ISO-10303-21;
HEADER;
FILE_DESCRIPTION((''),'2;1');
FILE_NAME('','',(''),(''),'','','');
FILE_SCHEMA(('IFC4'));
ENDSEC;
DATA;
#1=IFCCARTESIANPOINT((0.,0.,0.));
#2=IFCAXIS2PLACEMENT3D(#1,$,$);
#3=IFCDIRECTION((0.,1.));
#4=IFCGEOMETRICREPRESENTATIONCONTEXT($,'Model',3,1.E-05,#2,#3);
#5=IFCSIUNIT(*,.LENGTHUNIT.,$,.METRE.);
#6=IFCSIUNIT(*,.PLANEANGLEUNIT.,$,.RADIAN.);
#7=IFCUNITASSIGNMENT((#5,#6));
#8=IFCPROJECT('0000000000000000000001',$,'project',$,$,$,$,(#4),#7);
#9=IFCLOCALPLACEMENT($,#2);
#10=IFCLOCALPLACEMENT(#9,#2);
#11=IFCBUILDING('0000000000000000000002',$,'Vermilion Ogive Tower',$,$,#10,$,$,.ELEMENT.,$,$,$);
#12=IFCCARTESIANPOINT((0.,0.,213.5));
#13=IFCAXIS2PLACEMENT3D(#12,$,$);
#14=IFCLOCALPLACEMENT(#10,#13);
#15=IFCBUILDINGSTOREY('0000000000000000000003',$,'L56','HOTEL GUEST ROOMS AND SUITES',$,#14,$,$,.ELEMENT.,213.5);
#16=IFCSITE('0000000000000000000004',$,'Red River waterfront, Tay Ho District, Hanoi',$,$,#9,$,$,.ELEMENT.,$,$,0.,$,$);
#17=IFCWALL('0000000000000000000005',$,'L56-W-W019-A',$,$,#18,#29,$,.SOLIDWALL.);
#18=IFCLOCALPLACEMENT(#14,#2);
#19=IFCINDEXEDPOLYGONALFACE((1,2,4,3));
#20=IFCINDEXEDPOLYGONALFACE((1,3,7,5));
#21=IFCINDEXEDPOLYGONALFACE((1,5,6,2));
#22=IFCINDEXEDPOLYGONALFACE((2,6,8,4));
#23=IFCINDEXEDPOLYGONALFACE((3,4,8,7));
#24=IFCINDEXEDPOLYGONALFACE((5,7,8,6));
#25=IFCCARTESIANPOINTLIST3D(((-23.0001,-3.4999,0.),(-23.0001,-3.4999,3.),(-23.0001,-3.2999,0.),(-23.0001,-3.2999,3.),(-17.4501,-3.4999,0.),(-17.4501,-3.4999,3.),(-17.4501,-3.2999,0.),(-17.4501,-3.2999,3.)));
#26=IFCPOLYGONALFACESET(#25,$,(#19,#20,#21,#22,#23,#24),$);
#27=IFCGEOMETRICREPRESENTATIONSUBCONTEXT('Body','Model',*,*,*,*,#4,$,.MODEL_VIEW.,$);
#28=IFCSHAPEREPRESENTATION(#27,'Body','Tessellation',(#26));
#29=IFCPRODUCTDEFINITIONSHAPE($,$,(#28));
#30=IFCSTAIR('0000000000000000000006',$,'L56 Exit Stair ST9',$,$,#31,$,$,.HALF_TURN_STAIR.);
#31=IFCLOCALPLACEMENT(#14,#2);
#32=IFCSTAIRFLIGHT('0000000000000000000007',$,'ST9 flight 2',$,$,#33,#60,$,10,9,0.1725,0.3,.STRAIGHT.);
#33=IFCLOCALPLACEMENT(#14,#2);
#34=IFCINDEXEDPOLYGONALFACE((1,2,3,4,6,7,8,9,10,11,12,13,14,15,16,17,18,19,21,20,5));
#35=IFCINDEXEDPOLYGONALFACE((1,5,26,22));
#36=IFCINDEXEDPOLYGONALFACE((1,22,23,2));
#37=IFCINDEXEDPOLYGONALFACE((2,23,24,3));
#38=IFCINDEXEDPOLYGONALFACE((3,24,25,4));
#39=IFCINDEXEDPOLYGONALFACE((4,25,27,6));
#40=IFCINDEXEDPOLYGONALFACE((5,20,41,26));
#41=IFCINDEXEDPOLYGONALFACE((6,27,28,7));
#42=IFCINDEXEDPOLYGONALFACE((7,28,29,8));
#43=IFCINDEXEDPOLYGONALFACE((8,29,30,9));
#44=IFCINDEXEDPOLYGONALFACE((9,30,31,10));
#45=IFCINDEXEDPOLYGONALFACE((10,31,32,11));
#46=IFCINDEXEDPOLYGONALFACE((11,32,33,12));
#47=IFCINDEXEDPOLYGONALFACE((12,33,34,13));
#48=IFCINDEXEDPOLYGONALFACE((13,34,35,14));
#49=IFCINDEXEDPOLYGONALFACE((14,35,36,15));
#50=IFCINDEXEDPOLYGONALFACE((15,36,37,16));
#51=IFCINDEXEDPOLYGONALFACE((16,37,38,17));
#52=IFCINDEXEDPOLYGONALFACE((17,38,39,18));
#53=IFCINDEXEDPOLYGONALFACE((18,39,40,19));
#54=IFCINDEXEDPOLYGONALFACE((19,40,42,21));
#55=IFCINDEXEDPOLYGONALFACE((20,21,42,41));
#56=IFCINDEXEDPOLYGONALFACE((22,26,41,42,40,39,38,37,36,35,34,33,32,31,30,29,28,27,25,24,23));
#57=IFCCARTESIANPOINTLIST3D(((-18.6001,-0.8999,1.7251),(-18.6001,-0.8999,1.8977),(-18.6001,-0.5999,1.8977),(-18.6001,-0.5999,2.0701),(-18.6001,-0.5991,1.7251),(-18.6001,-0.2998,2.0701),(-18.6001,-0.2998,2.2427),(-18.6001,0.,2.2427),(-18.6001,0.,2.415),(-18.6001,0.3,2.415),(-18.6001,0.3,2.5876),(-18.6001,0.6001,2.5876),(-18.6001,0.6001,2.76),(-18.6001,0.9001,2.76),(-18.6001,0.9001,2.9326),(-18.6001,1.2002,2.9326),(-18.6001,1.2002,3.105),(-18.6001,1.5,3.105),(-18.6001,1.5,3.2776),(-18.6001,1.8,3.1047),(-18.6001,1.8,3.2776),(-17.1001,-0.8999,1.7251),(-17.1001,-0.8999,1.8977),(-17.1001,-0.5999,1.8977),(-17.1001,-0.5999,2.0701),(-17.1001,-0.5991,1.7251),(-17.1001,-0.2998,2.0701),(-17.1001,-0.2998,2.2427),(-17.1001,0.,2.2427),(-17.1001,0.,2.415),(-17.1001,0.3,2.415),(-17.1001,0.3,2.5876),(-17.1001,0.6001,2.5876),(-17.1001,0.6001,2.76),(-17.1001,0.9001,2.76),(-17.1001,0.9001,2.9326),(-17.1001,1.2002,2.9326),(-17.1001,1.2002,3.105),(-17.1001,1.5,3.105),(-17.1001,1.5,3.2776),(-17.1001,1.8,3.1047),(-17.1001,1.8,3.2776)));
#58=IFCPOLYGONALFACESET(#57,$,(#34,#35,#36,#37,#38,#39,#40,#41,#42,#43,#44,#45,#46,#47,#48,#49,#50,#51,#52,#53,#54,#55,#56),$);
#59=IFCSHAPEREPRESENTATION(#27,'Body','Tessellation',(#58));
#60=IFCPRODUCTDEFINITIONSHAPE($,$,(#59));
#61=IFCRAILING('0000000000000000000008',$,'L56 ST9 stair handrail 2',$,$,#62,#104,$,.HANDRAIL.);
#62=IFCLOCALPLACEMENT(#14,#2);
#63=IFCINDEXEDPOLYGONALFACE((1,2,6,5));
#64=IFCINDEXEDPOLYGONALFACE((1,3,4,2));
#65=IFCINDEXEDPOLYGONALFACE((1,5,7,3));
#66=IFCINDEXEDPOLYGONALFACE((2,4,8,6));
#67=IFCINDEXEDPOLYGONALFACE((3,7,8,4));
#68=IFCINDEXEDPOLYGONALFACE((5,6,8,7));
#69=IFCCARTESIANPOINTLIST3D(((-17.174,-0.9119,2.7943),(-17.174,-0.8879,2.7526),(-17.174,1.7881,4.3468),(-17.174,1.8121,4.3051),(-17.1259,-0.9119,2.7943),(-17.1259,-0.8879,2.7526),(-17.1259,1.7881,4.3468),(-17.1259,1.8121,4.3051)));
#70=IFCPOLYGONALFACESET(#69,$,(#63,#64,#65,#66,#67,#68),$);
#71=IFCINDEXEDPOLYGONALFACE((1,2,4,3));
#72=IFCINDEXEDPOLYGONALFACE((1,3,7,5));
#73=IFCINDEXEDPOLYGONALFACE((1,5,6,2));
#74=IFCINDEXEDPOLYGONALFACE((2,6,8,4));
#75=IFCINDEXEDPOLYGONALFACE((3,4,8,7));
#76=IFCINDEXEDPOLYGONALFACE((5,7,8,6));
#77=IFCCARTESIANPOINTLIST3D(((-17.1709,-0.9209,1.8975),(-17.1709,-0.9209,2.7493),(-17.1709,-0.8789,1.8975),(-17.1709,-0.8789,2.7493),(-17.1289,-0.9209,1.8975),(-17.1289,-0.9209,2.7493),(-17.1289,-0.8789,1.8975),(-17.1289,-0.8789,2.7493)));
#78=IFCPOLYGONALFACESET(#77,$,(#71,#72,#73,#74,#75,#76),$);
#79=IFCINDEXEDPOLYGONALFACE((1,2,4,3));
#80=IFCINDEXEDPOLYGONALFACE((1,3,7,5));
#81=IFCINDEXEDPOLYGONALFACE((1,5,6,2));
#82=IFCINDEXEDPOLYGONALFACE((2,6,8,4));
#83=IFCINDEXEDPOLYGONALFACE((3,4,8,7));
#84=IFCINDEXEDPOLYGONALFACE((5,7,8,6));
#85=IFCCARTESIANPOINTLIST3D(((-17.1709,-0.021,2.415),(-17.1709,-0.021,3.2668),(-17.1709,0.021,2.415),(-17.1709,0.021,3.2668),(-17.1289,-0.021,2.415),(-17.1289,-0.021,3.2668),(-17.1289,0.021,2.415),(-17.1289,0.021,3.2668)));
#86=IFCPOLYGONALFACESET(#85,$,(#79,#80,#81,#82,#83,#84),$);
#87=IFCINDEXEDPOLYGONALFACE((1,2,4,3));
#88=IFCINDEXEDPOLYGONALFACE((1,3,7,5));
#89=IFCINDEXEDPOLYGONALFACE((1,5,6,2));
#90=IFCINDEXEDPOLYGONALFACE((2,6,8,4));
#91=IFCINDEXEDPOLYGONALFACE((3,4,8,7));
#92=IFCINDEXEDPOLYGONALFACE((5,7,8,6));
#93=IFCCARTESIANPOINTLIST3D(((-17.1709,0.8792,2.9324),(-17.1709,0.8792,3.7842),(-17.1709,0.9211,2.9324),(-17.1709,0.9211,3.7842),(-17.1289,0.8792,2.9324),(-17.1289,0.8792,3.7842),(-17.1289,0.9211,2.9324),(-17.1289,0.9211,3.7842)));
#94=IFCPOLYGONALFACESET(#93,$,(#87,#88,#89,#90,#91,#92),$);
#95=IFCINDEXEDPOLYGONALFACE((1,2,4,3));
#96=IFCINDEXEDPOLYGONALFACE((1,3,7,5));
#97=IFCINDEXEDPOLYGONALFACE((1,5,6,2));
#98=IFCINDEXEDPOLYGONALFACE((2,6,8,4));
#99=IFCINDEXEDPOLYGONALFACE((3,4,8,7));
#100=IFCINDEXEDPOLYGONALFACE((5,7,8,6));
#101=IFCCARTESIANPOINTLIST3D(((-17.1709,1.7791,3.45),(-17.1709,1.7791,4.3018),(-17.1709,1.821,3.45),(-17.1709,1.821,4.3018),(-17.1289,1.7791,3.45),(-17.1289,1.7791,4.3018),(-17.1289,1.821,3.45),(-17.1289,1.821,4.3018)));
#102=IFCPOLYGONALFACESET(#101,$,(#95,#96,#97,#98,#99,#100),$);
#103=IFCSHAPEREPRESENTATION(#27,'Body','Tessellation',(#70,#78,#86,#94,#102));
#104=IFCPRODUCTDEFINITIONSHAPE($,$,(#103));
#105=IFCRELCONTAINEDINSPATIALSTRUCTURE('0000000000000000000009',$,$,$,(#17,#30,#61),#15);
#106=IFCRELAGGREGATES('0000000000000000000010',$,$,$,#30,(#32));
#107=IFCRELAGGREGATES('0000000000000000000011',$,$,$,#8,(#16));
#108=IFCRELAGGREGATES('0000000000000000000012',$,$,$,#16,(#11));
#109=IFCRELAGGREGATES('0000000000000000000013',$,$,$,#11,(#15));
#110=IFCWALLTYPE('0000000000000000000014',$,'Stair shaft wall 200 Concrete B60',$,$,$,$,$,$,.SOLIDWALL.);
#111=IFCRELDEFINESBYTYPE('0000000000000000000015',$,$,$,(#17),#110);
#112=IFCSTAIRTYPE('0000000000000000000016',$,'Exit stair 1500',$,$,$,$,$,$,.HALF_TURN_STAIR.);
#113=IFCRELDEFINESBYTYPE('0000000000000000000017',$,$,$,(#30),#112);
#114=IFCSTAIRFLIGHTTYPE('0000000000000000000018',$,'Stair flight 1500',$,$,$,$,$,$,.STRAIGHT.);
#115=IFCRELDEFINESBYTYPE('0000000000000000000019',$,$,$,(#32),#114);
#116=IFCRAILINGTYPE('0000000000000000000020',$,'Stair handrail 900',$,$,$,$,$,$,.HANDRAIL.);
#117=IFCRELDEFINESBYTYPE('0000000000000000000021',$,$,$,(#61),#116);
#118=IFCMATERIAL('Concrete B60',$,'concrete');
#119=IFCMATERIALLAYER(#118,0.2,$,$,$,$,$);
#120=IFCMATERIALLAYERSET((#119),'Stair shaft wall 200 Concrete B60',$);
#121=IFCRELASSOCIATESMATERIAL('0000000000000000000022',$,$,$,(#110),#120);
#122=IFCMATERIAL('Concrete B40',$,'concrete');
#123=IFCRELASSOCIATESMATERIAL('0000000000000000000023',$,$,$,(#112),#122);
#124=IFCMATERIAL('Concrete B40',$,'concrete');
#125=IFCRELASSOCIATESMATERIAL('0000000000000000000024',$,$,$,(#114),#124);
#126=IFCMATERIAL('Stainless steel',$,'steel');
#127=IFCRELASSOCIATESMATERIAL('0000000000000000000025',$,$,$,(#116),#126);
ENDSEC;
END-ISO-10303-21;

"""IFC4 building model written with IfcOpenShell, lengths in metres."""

from ifc_helpers import new_model, si_unit, direction, frame, frame_2d, origin, origin_2d, place, context, subcontext, project, spatial, polyline, rectangle, outline, extrude, material, layer, layer_set, type_object, element, aggregate, save


model = new_model("IFC4")

# Units and contexts
model_context = context("Model", 3, precision=1e-05, world=origin(), true_north=direction((0.0, 1.0)))
body_context = subcontext(model_context, "Body", "Model", "MODEL_VIEW")
ifc_project = project(units=[si_unit("LENGTHUNIT", "METRE"), si_unit("PLANEANGLEUNIT", "RADIAN")], contexts=[model_context])

# Site, building, storey
site_placement = place(None, origin())
site = spatial("IfcSite", under=ifc_project, at=site_placement, Name="Red River waterfront, Tay Ho District, Hanoi", CompositionType="ELEMENT", RefElevation=0.0)
building_placement = place(site_placement, origin())
building = spatial("IfcBuilding", under=site, at=building_placement, Name="Vermilion Ogive Tower", CompositionType="ELEMENT")
storey_placement = place(building_placement, frame((0.0, 0.0, 213.5)))
storey = spatial("IfcBuildingStorey", under=building, at=storey_placement, Name="L56", Description="HOTEL GUEST ROOMS AND SUITES", CompositionType="ELEMENT", Elevation=213.5)

# Shared definitions
ifc_material_1 = material(Name="Concrete B60", Category="concrete")
ifc_layer_1 = layer(ifc_material_1, 0.2)
ifc_layer_set_1 = layer_set([ifc_layer_1], Name="Stair shaft wall 200 Concrete B60")
wall_type_1 = type_object("IfcWallType", Name="Stair shaft wall 200 Concrete B60", PredefinedType="SOLIDWALL", material=ifc_layer_set_1)

# Wall
wall_1_placement = place(storey_placement, frame((-23.0, -3.3999, 0.0), z_axis=(0.0, 0.0, 1.0), x_axis=(1.0, 0.0, 0.0)))
element("IfcWall", 1, at=wall_1_placement, inside=storey, type_object=wall_type_1, Name="L56-W-W019-A", PredefinedType="SOLIDWALL", context=body_context, shape_type="SweptSolid", body=[
    extrude(rectangle(XDim=5.55, YDim=0.2, at=frame_2d((2.7749, 0.0))), origin(), (0.0, 0.0, 1.0), 3.0),
])

# Stair, stair flight
ifc_material_2 = material(Name="Concrete B40", Category="concrete")
stair_type = type_object("IfcStairType", Name="Exit stair 1500", PredefinedType="HALF_TURN_STAIR", material=ifc_material_2)
stair_placement = place(storey_placement, origin())
stair = element("IfcStair", 2, at=stair_placement, inside=storey, type_object=stair_type, Name="L56 Exit Stair ST9", PredefinedType="HALF_TURN_STAIR")
ifc_material_3 = material(Name="Concrete B40", Category="concrete")
stair_flight_type = type_object("IfcStairFlightType", Name="Stair flight 1500", PredefinedType="STRAIGHT", material=ifc_material_3)
stair_flight_placement = place(storey_placement, frame((-17.8501, -0.8999, 1.7251), z_axis=(0.0, 0.0, 1.0), x_axis=(0.0, 1.0, 0.0)))
stair_flight = element("IfcStairFlight", 3, at=stair_flight_placement, type_object=stair_flight_type, Name="ST9 flight 2", NumberOfRisers=10, NumberOfTreads=9, PredefinedType="STRAIGHT", RiserHeight=0.1725, TreadLength=0.3, context=body_context, shape_type="SweptSolid", body=[
    extrude(outline(polyline([(0.0, 0.0), (0.0, 0.1726), (0.3, 0.1726), (0.3, 0.345), (0.6001, 0.345), (0.6001, 0.5176), (0.8999, 0.5176), (0.8999, 0.6899), (1.2, 0.6899), (1.2, 0.8625), (1.5, 0.8625), (1.5, 1.0349), (1.8, 1.0349), (1.8, 1.2075), (2.1001, 1.2075), (2.1001, 1.3799), (2.3999, 1.3799), (2.3999, 1.5525), (2.7, 1.5525), (2.7, 1.7251), (2.7, 1.3796), (0.3008, 0.0), (0.0, 0.0)])), frame((0.0, 0.75, 0.0), z_axis=(0.0, -1.0, 0.0), x_axis=(1.0, 0.0, 0.0)), (0.0, 0.0, 1.0), 1.5),
])
aggregate(stair, [stair_flight])

# Railing
ifc_material_4 = material(Name="Stainless steel", Category="steel")
railing_type = type_object("IfcRailingType", Name="Stair handrail 900", PredefinedType="HANDRAIL", material=ifc_material_4)
railing_placement = place(storey_placement, frame((-17.1499, -0.8999, 1.8975)))
element("IfcRailing", 4, at=railing_placement, inside=storey, type_object=railing_type, Name="L56 ST9 stair handrail 2", PredefinedType="HANDRAIL", context=body_context, shape_type="SweptSolid", body=[
    extrude(rectangle(XDim=0.0481, YDim=0.0481, at=origin_2d()), frame((0.0, 0.0, 0.876), z_axis=(0.0, 0.866904, 0.498476), x_axis=(-1.0, 0.0, 0.0)), (0.0, 0.0, 1.0), 3.1145),
    extrude(rectangle(XDim=0.042, YDim=0.042, at=origin_2d()), origin(), (0.0, 0.0, 1.0), 0.8518),
    extrude(rectangle(XDim=0.042, YDim=0.042, at=origin_2d()), frame((0.0, 0.8999, 0.5176)), (0.0, 0.0, 1.0), 0.8518),
    extrude(rectangle(XDim=0.042, YDim=0.042, at=origin_2d()), frame((0.0, 1.8, 1.0349)), (0.0, 0.0, 1.0), 0.8518),
    extrude(rectangle(XDim=0.042, YDim=0.042, at=origin_2d()), frame((0.0, 2.7, 1.5525)), (0.0, 0.0, 1.0), 0.8518),
])

save(model, "model.ifc")
